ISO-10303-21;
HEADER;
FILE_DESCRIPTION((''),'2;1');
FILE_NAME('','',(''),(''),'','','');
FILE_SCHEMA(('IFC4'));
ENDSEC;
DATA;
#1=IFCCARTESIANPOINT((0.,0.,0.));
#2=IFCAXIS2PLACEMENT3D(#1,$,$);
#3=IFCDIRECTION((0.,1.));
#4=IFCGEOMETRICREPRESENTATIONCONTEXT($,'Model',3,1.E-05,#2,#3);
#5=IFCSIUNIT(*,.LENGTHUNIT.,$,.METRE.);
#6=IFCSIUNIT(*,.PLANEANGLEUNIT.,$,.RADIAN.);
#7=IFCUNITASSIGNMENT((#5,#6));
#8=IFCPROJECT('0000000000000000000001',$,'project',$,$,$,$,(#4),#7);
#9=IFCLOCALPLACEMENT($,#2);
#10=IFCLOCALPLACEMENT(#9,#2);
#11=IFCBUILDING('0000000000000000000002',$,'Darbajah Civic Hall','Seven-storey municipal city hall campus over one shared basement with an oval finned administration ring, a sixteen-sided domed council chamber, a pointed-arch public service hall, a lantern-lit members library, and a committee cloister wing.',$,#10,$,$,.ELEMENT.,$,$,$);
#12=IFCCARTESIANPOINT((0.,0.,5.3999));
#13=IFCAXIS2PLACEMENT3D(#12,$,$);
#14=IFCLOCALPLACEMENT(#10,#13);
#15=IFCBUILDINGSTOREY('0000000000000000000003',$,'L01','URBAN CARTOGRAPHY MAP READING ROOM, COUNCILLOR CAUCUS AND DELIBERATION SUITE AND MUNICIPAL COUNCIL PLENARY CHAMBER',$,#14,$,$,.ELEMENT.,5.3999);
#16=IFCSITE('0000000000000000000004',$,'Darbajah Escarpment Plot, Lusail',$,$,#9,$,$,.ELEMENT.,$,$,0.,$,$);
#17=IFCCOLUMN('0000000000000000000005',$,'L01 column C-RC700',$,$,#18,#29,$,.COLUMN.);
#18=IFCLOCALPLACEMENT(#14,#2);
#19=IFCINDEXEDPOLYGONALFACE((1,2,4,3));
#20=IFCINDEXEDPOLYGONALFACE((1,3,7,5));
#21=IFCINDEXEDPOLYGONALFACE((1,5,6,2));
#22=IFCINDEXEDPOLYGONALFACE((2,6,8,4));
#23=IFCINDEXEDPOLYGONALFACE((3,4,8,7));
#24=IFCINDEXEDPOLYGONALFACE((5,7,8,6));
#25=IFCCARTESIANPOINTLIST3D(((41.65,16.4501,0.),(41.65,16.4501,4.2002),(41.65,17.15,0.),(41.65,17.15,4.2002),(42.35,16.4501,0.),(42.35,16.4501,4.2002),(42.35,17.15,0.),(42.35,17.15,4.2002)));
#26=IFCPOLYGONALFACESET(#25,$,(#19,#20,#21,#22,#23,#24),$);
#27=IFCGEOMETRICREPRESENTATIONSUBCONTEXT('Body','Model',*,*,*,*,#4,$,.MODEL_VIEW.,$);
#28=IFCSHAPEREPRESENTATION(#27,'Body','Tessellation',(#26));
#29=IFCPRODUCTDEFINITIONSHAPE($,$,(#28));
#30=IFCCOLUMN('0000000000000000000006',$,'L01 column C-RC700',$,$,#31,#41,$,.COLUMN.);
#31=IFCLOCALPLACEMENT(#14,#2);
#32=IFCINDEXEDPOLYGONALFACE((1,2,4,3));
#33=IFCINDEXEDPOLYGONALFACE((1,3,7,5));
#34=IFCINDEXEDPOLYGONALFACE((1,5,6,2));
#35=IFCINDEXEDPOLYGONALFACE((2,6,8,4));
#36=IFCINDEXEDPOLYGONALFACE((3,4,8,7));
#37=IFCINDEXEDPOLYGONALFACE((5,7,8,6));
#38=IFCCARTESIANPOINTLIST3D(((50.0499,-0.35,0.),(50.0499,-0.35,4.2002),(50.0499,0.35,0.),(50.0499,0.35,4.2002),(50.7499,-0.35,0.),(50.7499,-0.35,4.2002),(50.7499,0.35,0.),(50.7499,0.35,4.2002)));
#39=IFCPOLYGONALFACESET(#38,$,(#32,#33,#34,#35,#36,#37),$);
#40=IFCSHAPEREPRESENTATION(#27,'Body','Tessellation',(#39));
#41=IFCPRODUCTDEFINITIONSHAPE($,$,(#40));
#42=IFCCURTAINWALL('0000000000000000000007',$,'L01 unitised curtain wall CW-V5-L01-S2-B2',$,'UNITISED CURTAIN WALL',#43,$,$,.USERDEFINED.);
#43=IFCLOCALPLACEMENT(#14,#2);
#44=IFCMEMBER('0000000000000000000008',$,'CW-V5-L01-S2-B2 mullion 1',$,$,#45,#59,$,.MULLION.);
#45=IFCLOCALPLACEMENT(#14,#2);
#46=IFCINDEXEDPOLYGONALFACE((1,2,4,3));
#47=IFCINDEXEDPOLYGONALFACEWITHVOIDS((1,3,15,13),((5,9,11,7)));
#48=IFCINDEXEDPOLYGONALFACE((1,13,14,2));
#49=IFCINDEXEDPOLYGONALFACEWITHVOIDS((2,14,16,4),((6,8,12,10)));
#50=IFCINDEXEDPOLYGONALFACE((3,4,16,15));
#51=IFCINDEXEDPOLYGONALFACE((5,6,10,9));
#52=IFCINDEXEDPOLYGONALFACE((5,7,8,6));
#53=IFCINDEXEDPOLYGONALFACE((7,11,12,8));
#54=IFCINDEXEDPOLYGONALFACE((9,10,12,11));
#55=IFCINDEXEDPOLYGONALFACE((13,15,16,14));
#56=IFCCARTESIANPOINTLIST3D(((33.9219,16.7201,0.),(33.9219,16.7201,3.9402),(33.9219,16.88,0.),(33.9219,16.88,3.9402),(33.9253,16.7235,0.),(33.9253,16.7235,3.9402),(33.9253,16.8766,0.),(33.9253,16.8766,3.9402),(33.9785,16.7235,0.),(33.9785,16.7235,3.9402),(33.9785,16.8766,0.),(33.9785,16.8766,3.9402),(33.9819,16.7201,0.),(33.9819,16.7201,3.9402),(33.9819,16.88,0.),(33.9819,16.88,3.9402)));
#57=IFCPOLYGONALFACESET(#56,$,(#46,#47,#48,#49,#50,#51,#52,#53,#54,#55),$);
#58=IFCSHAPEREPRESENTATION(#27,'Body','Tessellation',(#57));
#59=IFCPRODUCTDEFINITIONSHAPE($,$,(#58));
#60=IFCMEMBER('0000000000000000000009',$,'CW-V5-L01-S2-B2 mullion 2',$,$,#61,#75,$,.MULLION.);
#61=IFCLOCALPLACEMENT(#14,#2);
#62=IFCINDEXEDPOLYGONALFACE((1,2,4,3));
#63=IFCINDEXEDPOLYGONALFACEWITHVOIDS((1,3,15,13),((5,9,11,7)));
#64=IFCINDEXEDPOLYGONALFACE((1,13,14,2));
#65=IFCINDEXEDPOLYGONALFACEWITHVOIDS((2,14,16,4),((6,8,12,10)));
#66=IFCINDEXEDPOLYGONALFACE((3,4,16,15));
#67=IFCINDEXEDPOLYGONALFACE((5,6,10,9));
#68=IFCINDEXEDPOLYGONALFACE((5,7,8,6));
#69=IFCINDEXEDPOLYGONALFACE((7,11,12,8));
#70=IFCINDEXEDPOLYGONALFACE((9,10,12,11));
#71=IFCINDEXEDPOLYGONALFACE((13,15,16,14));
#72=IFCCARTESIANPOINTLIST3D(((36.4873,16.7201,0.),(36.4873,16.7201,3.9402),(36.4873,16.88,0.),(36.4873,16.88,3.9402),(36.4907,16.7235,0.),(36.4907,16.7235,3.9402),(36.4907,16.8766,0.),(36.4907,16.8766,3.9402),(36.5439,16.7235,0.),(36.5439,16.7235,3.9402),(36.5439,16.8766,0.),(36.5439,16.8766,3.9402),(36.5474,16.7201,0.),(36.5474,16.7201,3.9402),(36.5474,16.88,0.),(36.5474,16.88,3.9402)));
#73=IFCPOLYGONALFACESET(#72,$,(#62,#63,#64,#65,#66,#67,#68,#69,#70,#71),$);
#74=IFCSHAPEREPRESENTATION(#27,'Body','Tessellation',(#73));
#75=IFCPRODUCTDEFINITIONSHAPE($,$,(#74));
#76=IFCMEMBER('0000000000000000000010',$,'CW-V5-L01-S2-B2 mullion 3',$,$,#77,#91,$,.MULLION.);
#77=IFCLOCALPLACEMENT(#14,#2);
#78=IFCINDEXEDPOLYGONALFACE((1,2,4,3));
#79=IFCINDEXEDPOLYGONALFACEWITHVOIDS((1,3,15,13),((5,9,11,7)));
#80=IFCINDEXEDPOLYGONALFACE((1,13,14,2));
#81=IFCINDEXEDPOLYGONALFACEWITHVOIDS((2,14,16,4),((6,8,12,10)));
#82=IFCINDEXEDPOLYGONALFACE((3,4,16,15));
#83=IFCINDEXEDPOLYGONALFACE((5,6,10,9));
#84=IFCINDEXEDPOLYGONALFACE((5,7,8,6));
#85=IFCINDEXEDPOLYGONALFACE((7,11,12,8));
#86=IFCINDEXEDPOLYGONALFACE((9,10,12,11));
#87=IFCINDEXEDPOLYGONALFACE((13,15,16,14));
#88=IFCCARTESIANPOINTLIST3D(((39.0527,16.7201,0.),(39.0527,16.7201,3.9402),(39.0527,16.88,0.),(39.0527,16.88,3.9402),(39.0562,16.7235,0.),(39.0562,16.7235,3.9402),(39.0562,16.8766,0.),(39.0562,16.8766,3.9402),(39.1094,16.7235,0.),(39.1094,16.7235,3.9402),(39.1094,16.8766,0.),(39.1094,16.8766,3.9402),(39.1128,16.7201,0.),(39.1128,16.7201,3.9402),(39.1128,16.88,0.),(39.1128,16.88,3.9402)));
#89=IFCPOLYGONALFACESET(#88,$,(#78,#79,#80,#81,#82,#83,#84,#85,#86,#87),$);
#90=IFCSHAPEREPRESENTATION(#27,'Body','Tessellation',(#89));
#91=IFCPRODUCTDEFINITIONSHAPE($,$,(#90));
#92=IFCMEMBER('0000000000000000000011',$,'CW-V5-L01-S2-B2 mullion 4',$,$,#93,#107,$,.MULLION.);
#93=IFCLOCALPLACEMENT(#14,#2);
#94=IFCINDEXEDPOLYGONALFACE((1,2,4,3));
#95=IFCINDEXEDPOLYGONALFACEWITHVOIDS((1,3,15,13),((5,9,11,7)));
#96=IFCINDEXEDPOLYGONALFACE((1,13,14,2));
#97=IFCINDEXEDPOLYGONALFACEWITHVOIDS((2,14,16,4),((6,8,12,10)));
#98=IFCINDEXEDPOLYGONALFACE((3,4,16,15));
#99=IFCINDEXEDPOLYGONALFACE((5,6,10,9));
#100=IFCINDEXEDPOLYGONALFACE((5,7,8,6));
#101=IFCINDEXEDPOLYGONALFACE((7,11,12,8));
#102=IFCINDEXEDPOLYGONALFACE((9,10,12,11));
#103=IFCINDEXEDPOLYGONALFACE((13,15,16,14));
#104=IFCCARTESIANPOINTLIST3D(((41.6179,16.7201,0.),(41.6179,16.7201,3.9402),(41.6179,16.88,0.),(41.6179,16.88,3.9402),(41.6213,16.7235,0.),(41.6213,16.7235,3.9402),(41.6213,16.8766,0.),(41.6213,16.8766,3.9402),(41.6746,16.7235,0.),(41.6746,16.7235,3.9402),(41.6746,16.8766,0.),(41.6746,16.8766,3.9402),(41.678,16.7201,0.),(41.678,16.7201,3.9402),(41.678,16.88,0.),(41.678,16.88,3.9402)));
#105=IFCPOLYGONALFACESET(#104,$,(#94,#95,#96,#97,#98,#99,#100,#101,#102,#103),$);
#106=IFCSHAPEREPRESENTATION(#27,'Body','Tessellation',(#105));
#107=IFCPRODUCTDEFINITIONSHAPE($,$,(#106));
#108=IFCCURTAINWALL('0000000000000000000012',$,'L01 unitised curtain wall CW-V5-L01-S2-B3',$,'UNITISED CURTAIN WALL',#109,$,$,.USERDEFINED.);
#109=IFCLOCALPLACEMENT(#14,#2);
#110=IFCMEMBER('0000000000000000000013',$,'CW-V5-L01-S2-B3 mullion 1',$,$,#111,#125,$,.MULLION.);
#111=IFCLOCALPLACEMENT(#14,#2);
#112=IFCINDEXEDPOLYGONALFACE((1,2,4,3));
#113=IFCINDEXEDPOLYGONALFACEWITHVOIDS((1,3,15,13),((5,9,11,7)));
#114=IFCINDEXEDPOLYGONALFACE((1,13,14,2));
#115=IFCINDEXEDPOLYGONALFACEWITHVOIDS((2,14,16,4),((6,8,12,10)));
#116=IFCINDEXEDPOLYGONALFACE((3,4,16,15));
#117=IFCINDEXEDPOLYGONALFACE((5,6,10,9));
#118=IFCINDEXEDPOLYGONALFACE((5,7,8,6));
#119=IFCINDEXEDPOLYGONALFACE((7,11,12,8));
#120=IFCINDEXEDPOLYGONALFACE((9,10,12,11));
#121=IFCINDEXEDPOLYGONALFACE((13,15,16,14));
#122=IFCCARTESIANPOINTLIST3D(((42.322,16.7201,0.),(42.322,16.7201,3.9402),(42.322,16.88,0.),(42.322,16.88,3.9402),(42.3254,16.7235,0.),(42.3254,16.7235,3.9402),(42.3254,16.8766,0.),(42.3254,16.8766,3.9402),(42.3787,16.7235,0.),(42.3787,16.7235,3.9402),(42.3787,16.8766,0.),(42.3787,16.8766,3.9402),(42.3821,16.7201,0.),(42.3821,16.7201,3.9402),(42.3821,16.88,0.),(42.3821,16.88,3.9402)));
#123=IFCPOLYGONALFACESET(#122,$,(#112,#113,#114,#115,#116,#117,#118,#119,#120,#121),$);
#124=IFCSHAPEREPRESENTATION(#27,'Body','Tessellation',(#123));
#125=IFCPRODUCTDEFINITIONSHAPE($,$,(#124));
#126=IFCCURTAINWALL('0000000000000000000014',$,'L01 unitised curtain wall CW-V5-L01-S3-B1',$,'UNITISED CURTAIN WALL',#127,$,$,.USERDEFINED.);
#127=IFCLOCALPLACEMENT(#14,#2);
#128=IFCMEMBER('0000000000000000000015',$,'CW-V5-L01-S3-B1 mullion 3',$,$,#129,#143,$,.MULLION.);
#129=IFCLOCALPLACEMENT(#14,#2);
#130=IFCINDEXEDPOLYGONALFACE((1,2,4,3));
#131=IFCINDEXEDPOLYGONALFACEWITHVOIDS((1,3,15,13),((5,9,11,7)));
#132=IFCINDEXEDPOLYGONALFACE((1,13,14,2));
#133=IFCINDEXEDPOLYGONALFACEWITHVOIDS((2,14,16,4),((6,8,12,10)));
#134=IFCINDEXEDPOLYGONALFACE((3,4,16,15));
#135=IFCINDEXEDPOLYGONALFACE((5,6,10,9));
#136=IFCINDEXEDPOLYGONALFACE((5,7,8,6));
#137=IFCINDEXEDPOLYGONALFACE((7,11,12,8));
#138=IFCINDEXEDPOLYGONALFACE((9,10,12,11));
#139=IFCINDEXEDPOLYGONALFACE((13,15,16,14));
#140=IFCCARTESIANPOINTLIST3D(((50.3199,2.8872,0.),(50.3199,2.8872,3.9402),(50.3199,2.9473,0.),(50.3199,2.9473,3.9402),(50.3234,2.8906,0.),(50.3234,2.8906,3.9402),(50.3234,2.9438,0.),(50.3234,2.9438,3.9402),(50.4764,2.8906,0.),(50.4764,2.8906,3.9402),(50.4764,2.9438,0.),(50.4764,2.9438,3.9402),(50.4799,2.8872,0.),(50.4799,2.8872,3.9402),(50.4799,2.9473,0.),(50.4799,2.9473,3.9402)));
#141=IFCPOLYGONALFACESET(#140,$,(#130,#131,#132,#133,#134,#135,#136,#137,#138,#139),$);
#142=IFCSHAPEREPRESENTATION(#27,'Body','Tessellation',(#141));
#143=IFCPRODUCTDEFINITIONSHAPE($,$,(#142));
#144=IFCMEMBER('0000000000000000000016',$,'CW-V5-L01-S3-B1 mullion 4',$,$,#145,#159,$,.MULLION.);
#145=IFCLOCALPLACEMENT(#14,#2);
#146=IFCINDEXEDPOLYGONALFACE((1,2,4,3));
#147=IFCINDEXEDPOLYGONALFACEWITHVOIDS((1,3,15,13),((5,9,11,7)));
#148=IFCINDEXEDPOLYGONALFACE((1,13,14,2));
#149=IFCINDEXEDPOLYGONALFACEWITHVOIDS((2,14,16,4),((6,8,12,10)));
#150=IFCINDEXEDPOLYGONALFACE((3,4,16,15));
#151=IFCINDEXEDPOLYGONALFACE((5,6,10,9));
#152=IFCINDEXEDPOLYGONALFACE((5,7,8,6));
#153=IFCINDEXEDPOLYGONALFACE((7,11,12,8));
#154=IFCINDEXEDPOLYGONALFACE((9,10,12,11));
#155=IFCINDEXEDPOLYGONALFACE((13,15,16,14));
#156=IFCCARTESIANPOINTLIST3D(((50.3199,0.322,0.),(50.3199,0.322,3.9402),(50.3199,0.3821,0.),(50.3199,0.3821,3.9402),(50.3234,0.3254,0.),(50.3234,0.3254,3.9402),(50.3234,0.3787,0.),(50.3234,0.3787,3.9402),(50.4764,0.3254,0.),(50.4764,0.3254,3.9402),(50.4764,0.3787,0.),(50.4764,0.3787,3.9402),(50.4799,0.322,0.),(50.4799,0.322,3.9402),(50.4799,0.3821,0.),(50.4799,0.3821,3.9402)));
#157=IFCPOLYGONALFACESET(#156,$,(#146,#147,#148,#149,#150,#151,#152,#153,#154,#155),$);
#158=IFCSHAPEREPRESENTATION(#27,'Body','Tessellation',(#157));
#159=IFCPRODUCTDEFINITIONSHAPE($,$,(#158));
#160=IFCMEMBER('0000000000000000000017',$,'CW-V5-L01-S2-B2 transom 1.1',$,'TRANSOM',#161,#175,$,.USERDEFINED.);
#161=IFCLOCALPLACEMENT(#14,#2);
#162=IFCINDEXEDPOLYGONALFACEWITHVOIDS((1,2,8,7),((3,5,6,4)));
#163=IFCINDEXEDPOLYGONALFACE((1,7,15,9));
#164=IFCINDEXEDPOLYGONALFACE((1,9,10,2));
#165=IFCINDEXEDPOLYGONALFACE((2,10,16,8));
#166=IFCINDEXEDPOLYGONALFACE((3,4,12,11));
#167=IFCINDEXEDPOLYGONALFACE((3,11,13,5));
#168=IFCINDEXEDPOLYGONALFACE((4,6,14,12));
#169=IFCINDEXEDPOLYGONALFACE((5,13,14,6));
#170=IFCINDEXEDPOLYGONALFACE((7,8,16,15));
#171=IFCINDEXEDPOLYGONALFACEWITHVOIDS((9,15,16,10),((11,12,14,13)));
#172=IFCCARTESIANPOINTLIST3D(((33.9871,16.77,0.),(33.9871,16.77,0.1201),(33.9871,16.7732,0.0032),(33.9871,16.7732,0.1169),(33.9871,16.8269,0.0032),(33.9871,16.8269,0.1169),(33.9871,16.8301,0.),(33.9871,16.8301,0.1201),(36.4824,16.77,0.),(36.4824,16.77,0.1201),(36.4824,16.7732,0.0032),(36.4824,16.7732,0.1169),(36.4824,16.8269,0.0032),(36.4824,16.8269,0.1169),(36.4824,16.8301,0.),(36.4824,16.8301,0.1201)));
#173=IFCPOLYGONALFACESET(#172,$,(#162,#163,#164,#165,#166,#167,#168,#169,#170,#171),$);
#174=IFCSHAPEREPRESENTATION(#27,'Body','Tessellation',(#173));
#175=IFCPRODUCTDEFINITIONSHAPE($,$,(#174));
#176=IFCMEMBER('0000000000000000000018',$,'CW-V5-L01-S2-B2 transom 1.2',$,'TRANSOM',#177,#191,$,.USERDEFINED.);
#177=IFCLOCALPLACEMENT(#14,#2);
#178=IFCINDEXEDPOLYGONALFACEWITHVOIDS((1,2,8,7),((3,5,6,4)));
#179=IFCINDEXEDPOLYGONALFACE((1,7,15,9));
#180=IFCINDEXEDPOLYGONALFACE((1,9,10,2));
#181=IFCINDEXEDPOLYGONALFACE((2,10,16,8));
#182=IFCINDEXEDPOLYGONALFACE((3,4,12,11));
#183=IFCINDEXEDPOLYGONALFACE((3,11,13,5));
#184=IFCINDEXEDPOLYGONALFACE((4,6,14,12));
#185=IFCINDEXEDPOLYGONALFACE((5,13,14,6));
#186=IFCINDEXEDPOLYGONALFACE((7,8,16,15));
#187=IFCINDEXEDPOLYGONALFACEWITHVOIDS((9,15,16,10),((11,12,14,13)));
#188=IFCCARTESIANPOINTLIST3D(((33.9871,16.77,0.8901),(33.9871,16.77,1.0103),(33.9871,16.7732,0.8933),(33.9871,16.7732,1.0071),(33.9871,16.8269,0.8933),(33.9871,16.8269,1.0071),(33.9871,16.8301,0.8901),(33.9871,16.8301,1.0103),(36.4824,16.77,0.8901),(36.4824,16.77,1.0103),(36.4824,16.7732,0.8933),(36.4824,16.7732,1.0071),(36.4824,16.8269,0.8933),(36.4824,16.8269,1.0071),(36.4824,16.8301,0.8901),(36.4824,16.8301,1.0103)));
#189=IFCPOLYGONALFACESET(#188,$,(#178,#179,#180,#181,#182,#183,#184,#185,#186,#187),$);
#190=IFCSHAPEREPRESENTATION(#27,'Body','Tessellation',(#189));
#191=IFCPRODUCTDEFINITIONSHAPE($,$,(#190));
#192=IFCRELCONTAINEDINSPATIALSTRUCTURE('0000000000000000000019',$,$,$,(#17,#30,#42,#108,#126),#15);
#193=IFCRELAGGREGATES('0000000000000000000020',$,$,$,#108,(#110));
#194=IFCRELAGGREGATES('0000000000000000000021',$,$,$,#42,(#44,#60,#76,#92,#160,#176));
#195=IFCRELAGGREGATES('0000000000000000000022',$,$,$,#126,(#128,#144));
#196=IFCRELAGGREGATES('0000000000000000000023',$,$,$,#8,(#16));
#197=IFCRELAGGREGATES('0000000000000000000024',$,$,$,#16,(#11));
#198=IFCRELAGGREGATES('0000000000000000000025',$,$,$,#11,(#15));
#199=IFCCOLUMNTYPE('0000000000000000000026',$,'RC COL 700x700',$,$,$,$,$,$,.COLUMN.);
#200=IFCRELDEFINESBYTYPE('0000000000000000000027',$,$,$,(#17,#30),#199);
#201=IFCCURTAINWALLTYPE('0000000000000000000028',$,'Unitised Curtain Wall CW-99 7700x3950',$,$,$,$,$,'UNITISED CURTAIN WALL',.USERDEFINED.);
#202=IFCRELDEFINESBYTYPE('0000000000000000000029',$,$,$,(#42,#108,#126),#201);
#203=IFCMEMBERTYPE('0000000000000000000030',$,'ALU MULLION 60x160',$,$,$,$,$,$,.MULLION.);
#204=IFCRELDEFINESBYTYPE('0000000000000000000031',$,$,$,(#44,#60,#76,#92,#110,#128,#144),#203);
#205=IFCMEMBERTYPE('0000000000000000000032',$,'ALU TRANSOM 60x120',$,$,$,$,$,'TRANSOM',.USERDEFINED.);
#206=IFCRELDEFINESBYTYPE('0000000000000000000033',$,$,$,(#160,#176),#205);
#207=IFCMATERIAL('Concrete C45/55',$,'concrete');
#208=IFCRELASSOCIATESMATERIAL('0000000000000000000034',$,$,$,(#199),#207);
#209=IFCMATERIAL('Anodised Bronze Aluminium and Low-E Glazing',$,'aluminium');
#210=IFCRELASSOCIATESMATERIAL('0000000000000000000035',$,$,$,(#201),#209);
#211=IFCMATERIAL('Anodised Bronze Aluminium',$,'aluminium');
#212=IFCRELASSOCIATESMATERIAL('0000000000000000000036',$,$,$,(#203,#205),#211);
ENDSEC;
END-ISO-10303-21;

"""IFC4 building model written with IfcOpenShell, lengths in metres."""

from ifc_helpers import new_model, si_unit, direction, frame, origin, origin_2d, place, context, subcontext, project, spatial, rectangle, hollow_rectangle, extrude, material, material_profile, profile_set, type_object, element, aggregate, save


model = new_model("IFC4")

# Units and contexts
model_context = context("Model", 3, precision=1e-05, world=origin(), true_north=direction((0.0, 1.0)))
body_context = subcontext(model_context, "Body", "Model", "MODEL_VIEW")
ifc_project = project(units=[si_unit("LENGTHUNIT", "METRE"), si_unit("PLANEANGLEUNIT", "RADIAN")], contexts=[model_context])

# Site, building, storey
site_placement = place(None, origin())
site = spatial("IfcSite", under=ifc_project, at=site_placement, Name="Darbajah Escarpment Plot, Lusail", CompositionType="ELEMENT", RefElevation=0.0)
building_placement = place(site_placement, origin())
building = spatial("IfcBuilding", under=site, at=building_placement, Name="Darbajah Civic Hall", Description="Seven-storey municipal city hall campus over one shared basement with an oval finned administration ring, a sixteen-sided domed council chamber, a pointed-arch public service hall, a lantern-lit members library, and a committee cloister wing.", CompositionType="ELEMENT")
storey_placement = place(building_placement, frame((0.0, 0.0, 5.3999)))
storey = spatial("IfcBuildingStorey", under=building, at=storey_placement, Name="L01", Description="URBAN CARTOGRAPHY MAP READING ROOM, COUNCILLOR CAUCUS AND DELIBERATION SUITE AND MUNICIPAL COUNCIL PLENARY CHAMBER", CompositionType="ELEMENT", Elevation=5.3999)

# Columns
ifc_material_1 = material(Name="Concrete C45/55", Category="concrete")
ifc_material_profile_1 = material_profile(ifc_material_1, rectangle(XDim=0.7, YDim=0.7, at=origin_2d()), Name="RC COL 700x700")
ifc_profile_set_1 = profile_set([ifc_material_profile_1], Name="Concrete C45/55")
column_type = type_object("IfcColumnType", Name="RC COL 700x700", PredefinedType="COLUMN", material=ifc_profile_set_1)
for number, where, z_axis, x_axis, name in (
    (1, (42.0, 16.8, 0.0), (0.0, 0.0, 1.0), (1.0, 0.0, 0.0), "L01 column C-RC700"),
    (2, (50.3999, 0.0, 0.0), (0.0, 0.0, 1.0), (1.0, 0.0, 0.0), "L01 column C-RC700"),
):
    element("IfcColumn", number, at=place(storey_placement, frame(where, z_axis=z_axis, x_axis=x_axis)), inside=storey, type_object=column_type, Name=name, PredefinedType="COLUMN", context=body_context, shape_type="SweptSolid", body=[
        extrude(rectangle(XDim=0.7, YDim=0.7, at=origin_2d()), origin(), (0.0, 0.0, 1.0), 4.2002),
    ])

# Curtain wall, members
ifc_material_2 = material(Name="Anodised Bronze Aluminium and Low-E Glazing", Category="aluminium")
curtain_wall_type = type_object("IfcCurtainWallType", Name="Unitised Curtain Wall CW-99 7700x3950", ElementType="UNITISED CURTAIN WALL", PredefinedType="USERDEFINED", material=ifc_material_2)
curtain_wall_1_placement = place(storey_placement, origin())
curtain_wall_1 = element("IfcCurtainWall", 3, at=curtain_wall_1_placement, inside=storey, type_object=curtain_wall_type, Name="L01 unitised curtain wall CW-V5-L01-S2-B2", ObjectType="UNITISED CURTAIN WALL", PredefinedType="USERDEFINED")
ifc_material_3 = material(Name="Anodised Bronze Aluminium", Category="aluminium")
ifc_material_profile_2 = material_profile(ifc_material_3, hollow_rectangle(XDim=0.0601, YDim=0.1599, WallThickness=0.0034, at=origin_2d()), Name="ALU MULLION 60x160")
ifc_profile_set_2 = profile_set([ifc_material_profile_2], Name="Anodised Bronze Aluminium")
member_type_1 = type_object("IfcMemberType", Name="ALU MULLION 60x160", PredefinedType="MULLION", material=ifc_profile_set_2)
member_1_placement = place(storey_placement, frame((33.9519, 16.8, 0.0), z_axis=(0.0, 0.0, 1.0), x_axis=(1.0, 0.0, 0.0)))
member_1 = element("IfcMember", 4, at=member_1_placement, type_object=member_type_1, Name="CW-V5-L01-S2-B2 mullion 1", PredefinedType="MULLION", context=body_context, shape_type="SweptSolid", body=[
    extrude(hollow_rectangle(XDim=0.0601, YDim=0.1599, WallThickness=0.0034, at=origin_2d()), origin(), (0.0, 0.0, 1.0), 3.9402),
])
member_2_placement = place(storey_placement, frame((36.5173, 16.8, 0.0), z_axis=(0.0, 0.0, 1.0), x_axis=(1.0, 0.0, 0.0)))
member_2 = element("IfcMember", 5, at=member_2_placement, type_object=member_type_1, Name="CW-V5-L01-S2-B2 mullion 2", PredefinedType="MULLION", context=body_context, shape_type="SweptSolid", body=[
    extrude(hollow_rectangle(XDim=0.0601, YDim=0.1599, WallThickness=0.0034, at=origin_2d()), origin(), (0.0, 0.0, 1.0), 3.9402),
])
member_3_placement = place(storey_placement, frame((39.0828, 16.8, 0.0), z_axis=(0.0, 0.0, 1.0), x_axis=(1.0, 0.0, 0.0)))
member_3 = element("IfcMember", 6, at=member_3_placement, type_object=member_type_1, Name="CW-V5-L01-S2-B2 mullion 3", PredefinedType="MULLION", context=body_context, shape_type="SweptSolid", body=[
    extrude(hollow_rectangle(XDim=0.0601, YDim=0.1599, WallThickness=0.0034, at=origin_2d()), origin(), (0.0, 0.0, 1.0), 3.9402),
])
member_4_placement = place(storey_placement, frame((41.6479, 16.8, 0.0), z_axis=(0.0, 0.0, 1.0), x_axis=(1.0, 0.0, 0.0)))
member_4 = element("IfcMember", 7, at=member_4_placement, type_object=member_type_1, Name="CW-V5-L01-S2-B2 mullion 4", PredefinedType="MULLION", context=body_context, shape_type="SweptSolid", body=[
    extrude(hollow_rectangle(XDim=0.0601, YDim=0.1599, WallThickness=0.0034, at=origin_2d()), origin(), (0.0, 0.0, 1.0), 3.9402),
])

# Curtain wall, member
curtain_wall_2_placement = place(storey_placement, origin())
curtain_wall_2 = element("IfcCurtainWall", 8, at=curtain_wall_2_placement, inside=storey, type_object=curtain_wall_type, Name="L01 unitised curtain wall CW-V5-L01-S2-B3", ObjectType="UNITISED CURTAIN WALL", PredefinedType="USERDEFINED")
member_5_placement = place(storey_placement, frame((42.3521, 16.8, 0.0), z_axis=(0.0, 0.0, 1.0), x_axis=(1.0, 0.0, 0.0)))
member_5 = element("IfcMember", 9, at=member_5_placement, type_object=member_type_1, Name="CW-V5-L01-S2-B3 mullion 1", PredefinedType="MULLION", context=body_context, shape_type="SweptSolid", body=[
    extrude(hollow_rectangle(XDim=0.0601, YDim=0.1599, WallThickness=0.0034, at=origin_2d()), origin(), (0.0, 0.0, 1.0), 3.9402),
])

# Curtain wall, members
curtain_wall_3_placement = place(storey_placement, origin())
curtain_wall_3 = element("IfcCurtainWall", 10, at=curtain_wall_3_placement, inside=storey, type_object=curtain_wall_type, Name="L01 unitised curtain wall CW-V5-L01-S3-B1", ObjectType="UNITISED CURTAIN WALL", PredefinedType="USERDEFINED")
member_6_placement = place(storey_placement, frame((50.3999, 2.9172, 0.0), z_axis=(0.0, 0.0, 1.0), x_axis=(0.0, -1.0, 0.0)))
member_6 = element("IfcMember", 11, at=member_6_placement, type_object=member_type_1, Name="CW-V5-L01-S3-B1 mullion 3", PredefinedType="MULLION", context=body_context, shape_type="SweptSolid", body=[
    extrude(hollow_rectangle(XDim=0.0601, YDim=0.1599, WallThickness=0.0034, at=origin_2d()), origin(), (0.0, 0.0, 1.0), 3.9402),
])
member_7_placement = place(storey_placement, frame((50.3999, 0.3521, 0.0), z_axis=(0.0, 0.0, 1.0), x_axis=(0.0, -1.0, 0.0)))
member_7 = element("IfcMember", 12, at=member_7_placement, type_object=member_type_1, Name="CW-V5-L01-S3-B1 mullion 4", PredefinedType="MULLION", context=body_context, shape_type="SweptSolid", body=[
    extrude(hollow_rectangle(XDim=0.0601, YDim=0.1599, WallThickness=0.0034, at=origin_2d()), origin(), (0.0, 0.0, 1.0), 3.9402),
])

# Members
ifc_material_profile_3 = material_profile(ifc_material_3, hollow_rectangle(XDim=0.0601, YDim=0.1201, WallThickness=0.0032, at=origin_2d()), Name="ALU TRANSOM 60x120")
ifc_profile_set_3 = profile_set([ifc_material_profile_3], Name="Anodised Bronze Aluminium")
member_type_2 = type_object("IfcMemberType", Name="ALU TRANSOM 60x120", ElementType="TRANSOM", PredefinedType="USERDEFINED", material=ifc_profile_set_3)
member_8_placement = place(storey_placement, frame((33.9871, 16.8, 0.0601), z_axis=(1.0, 0.0, 0.0), x_axis=(0.0, 1.0, 0.0)))
member_8 = element("IfcMember", 13, at=member_8_placement, type_object=member_type_2, Name="CW-V5-L01-S2-B2 transom 1.1", ObjectType="TRANSOM", PredefinedType="USERDEFINED", context=body_context, shape_type="SweptSolid", body=[
    extrude(hollow_rectangle(XDim=0.0601, YDim=0.1201, WallThickness=0.0032, at=origin_2d()), origin(), (0.0, 0.0, 1.0), 2.4954),
])
member_9_placement = place(storey_placement, frame((33.9871, 16.8, 0.9502), z_axis=(1.0, 0.0, 0.0), x_axis=(0.0, 1.0, 0.0)))
member_9 = element("IfcMember", 14, at=member_9_placement, type_object=member_type_2, Name="CW-V5-L01-S2-B2 transom 1.2", ObjectType="TRANSOM", PredefinedType="USERDEFINED", context=body_context, shape_type="SweptSolid", body=[
    extrude(hollow_rectangle(XDim=0.0601, YDim=0.1201, WallThickness=0.0032, at=origin_2d()), origin(), (0.0, 0.0, 1.0), 2.4954),
])
aggregate(curtain_wall_2, [member_5])

aggregate(curtain_wall_1, [member_1, member_2, member_3, member_4, member_8, member_9])
aggregate(curtain_wall_3, [member_6, member_7])

save(model, "model.ifc")
